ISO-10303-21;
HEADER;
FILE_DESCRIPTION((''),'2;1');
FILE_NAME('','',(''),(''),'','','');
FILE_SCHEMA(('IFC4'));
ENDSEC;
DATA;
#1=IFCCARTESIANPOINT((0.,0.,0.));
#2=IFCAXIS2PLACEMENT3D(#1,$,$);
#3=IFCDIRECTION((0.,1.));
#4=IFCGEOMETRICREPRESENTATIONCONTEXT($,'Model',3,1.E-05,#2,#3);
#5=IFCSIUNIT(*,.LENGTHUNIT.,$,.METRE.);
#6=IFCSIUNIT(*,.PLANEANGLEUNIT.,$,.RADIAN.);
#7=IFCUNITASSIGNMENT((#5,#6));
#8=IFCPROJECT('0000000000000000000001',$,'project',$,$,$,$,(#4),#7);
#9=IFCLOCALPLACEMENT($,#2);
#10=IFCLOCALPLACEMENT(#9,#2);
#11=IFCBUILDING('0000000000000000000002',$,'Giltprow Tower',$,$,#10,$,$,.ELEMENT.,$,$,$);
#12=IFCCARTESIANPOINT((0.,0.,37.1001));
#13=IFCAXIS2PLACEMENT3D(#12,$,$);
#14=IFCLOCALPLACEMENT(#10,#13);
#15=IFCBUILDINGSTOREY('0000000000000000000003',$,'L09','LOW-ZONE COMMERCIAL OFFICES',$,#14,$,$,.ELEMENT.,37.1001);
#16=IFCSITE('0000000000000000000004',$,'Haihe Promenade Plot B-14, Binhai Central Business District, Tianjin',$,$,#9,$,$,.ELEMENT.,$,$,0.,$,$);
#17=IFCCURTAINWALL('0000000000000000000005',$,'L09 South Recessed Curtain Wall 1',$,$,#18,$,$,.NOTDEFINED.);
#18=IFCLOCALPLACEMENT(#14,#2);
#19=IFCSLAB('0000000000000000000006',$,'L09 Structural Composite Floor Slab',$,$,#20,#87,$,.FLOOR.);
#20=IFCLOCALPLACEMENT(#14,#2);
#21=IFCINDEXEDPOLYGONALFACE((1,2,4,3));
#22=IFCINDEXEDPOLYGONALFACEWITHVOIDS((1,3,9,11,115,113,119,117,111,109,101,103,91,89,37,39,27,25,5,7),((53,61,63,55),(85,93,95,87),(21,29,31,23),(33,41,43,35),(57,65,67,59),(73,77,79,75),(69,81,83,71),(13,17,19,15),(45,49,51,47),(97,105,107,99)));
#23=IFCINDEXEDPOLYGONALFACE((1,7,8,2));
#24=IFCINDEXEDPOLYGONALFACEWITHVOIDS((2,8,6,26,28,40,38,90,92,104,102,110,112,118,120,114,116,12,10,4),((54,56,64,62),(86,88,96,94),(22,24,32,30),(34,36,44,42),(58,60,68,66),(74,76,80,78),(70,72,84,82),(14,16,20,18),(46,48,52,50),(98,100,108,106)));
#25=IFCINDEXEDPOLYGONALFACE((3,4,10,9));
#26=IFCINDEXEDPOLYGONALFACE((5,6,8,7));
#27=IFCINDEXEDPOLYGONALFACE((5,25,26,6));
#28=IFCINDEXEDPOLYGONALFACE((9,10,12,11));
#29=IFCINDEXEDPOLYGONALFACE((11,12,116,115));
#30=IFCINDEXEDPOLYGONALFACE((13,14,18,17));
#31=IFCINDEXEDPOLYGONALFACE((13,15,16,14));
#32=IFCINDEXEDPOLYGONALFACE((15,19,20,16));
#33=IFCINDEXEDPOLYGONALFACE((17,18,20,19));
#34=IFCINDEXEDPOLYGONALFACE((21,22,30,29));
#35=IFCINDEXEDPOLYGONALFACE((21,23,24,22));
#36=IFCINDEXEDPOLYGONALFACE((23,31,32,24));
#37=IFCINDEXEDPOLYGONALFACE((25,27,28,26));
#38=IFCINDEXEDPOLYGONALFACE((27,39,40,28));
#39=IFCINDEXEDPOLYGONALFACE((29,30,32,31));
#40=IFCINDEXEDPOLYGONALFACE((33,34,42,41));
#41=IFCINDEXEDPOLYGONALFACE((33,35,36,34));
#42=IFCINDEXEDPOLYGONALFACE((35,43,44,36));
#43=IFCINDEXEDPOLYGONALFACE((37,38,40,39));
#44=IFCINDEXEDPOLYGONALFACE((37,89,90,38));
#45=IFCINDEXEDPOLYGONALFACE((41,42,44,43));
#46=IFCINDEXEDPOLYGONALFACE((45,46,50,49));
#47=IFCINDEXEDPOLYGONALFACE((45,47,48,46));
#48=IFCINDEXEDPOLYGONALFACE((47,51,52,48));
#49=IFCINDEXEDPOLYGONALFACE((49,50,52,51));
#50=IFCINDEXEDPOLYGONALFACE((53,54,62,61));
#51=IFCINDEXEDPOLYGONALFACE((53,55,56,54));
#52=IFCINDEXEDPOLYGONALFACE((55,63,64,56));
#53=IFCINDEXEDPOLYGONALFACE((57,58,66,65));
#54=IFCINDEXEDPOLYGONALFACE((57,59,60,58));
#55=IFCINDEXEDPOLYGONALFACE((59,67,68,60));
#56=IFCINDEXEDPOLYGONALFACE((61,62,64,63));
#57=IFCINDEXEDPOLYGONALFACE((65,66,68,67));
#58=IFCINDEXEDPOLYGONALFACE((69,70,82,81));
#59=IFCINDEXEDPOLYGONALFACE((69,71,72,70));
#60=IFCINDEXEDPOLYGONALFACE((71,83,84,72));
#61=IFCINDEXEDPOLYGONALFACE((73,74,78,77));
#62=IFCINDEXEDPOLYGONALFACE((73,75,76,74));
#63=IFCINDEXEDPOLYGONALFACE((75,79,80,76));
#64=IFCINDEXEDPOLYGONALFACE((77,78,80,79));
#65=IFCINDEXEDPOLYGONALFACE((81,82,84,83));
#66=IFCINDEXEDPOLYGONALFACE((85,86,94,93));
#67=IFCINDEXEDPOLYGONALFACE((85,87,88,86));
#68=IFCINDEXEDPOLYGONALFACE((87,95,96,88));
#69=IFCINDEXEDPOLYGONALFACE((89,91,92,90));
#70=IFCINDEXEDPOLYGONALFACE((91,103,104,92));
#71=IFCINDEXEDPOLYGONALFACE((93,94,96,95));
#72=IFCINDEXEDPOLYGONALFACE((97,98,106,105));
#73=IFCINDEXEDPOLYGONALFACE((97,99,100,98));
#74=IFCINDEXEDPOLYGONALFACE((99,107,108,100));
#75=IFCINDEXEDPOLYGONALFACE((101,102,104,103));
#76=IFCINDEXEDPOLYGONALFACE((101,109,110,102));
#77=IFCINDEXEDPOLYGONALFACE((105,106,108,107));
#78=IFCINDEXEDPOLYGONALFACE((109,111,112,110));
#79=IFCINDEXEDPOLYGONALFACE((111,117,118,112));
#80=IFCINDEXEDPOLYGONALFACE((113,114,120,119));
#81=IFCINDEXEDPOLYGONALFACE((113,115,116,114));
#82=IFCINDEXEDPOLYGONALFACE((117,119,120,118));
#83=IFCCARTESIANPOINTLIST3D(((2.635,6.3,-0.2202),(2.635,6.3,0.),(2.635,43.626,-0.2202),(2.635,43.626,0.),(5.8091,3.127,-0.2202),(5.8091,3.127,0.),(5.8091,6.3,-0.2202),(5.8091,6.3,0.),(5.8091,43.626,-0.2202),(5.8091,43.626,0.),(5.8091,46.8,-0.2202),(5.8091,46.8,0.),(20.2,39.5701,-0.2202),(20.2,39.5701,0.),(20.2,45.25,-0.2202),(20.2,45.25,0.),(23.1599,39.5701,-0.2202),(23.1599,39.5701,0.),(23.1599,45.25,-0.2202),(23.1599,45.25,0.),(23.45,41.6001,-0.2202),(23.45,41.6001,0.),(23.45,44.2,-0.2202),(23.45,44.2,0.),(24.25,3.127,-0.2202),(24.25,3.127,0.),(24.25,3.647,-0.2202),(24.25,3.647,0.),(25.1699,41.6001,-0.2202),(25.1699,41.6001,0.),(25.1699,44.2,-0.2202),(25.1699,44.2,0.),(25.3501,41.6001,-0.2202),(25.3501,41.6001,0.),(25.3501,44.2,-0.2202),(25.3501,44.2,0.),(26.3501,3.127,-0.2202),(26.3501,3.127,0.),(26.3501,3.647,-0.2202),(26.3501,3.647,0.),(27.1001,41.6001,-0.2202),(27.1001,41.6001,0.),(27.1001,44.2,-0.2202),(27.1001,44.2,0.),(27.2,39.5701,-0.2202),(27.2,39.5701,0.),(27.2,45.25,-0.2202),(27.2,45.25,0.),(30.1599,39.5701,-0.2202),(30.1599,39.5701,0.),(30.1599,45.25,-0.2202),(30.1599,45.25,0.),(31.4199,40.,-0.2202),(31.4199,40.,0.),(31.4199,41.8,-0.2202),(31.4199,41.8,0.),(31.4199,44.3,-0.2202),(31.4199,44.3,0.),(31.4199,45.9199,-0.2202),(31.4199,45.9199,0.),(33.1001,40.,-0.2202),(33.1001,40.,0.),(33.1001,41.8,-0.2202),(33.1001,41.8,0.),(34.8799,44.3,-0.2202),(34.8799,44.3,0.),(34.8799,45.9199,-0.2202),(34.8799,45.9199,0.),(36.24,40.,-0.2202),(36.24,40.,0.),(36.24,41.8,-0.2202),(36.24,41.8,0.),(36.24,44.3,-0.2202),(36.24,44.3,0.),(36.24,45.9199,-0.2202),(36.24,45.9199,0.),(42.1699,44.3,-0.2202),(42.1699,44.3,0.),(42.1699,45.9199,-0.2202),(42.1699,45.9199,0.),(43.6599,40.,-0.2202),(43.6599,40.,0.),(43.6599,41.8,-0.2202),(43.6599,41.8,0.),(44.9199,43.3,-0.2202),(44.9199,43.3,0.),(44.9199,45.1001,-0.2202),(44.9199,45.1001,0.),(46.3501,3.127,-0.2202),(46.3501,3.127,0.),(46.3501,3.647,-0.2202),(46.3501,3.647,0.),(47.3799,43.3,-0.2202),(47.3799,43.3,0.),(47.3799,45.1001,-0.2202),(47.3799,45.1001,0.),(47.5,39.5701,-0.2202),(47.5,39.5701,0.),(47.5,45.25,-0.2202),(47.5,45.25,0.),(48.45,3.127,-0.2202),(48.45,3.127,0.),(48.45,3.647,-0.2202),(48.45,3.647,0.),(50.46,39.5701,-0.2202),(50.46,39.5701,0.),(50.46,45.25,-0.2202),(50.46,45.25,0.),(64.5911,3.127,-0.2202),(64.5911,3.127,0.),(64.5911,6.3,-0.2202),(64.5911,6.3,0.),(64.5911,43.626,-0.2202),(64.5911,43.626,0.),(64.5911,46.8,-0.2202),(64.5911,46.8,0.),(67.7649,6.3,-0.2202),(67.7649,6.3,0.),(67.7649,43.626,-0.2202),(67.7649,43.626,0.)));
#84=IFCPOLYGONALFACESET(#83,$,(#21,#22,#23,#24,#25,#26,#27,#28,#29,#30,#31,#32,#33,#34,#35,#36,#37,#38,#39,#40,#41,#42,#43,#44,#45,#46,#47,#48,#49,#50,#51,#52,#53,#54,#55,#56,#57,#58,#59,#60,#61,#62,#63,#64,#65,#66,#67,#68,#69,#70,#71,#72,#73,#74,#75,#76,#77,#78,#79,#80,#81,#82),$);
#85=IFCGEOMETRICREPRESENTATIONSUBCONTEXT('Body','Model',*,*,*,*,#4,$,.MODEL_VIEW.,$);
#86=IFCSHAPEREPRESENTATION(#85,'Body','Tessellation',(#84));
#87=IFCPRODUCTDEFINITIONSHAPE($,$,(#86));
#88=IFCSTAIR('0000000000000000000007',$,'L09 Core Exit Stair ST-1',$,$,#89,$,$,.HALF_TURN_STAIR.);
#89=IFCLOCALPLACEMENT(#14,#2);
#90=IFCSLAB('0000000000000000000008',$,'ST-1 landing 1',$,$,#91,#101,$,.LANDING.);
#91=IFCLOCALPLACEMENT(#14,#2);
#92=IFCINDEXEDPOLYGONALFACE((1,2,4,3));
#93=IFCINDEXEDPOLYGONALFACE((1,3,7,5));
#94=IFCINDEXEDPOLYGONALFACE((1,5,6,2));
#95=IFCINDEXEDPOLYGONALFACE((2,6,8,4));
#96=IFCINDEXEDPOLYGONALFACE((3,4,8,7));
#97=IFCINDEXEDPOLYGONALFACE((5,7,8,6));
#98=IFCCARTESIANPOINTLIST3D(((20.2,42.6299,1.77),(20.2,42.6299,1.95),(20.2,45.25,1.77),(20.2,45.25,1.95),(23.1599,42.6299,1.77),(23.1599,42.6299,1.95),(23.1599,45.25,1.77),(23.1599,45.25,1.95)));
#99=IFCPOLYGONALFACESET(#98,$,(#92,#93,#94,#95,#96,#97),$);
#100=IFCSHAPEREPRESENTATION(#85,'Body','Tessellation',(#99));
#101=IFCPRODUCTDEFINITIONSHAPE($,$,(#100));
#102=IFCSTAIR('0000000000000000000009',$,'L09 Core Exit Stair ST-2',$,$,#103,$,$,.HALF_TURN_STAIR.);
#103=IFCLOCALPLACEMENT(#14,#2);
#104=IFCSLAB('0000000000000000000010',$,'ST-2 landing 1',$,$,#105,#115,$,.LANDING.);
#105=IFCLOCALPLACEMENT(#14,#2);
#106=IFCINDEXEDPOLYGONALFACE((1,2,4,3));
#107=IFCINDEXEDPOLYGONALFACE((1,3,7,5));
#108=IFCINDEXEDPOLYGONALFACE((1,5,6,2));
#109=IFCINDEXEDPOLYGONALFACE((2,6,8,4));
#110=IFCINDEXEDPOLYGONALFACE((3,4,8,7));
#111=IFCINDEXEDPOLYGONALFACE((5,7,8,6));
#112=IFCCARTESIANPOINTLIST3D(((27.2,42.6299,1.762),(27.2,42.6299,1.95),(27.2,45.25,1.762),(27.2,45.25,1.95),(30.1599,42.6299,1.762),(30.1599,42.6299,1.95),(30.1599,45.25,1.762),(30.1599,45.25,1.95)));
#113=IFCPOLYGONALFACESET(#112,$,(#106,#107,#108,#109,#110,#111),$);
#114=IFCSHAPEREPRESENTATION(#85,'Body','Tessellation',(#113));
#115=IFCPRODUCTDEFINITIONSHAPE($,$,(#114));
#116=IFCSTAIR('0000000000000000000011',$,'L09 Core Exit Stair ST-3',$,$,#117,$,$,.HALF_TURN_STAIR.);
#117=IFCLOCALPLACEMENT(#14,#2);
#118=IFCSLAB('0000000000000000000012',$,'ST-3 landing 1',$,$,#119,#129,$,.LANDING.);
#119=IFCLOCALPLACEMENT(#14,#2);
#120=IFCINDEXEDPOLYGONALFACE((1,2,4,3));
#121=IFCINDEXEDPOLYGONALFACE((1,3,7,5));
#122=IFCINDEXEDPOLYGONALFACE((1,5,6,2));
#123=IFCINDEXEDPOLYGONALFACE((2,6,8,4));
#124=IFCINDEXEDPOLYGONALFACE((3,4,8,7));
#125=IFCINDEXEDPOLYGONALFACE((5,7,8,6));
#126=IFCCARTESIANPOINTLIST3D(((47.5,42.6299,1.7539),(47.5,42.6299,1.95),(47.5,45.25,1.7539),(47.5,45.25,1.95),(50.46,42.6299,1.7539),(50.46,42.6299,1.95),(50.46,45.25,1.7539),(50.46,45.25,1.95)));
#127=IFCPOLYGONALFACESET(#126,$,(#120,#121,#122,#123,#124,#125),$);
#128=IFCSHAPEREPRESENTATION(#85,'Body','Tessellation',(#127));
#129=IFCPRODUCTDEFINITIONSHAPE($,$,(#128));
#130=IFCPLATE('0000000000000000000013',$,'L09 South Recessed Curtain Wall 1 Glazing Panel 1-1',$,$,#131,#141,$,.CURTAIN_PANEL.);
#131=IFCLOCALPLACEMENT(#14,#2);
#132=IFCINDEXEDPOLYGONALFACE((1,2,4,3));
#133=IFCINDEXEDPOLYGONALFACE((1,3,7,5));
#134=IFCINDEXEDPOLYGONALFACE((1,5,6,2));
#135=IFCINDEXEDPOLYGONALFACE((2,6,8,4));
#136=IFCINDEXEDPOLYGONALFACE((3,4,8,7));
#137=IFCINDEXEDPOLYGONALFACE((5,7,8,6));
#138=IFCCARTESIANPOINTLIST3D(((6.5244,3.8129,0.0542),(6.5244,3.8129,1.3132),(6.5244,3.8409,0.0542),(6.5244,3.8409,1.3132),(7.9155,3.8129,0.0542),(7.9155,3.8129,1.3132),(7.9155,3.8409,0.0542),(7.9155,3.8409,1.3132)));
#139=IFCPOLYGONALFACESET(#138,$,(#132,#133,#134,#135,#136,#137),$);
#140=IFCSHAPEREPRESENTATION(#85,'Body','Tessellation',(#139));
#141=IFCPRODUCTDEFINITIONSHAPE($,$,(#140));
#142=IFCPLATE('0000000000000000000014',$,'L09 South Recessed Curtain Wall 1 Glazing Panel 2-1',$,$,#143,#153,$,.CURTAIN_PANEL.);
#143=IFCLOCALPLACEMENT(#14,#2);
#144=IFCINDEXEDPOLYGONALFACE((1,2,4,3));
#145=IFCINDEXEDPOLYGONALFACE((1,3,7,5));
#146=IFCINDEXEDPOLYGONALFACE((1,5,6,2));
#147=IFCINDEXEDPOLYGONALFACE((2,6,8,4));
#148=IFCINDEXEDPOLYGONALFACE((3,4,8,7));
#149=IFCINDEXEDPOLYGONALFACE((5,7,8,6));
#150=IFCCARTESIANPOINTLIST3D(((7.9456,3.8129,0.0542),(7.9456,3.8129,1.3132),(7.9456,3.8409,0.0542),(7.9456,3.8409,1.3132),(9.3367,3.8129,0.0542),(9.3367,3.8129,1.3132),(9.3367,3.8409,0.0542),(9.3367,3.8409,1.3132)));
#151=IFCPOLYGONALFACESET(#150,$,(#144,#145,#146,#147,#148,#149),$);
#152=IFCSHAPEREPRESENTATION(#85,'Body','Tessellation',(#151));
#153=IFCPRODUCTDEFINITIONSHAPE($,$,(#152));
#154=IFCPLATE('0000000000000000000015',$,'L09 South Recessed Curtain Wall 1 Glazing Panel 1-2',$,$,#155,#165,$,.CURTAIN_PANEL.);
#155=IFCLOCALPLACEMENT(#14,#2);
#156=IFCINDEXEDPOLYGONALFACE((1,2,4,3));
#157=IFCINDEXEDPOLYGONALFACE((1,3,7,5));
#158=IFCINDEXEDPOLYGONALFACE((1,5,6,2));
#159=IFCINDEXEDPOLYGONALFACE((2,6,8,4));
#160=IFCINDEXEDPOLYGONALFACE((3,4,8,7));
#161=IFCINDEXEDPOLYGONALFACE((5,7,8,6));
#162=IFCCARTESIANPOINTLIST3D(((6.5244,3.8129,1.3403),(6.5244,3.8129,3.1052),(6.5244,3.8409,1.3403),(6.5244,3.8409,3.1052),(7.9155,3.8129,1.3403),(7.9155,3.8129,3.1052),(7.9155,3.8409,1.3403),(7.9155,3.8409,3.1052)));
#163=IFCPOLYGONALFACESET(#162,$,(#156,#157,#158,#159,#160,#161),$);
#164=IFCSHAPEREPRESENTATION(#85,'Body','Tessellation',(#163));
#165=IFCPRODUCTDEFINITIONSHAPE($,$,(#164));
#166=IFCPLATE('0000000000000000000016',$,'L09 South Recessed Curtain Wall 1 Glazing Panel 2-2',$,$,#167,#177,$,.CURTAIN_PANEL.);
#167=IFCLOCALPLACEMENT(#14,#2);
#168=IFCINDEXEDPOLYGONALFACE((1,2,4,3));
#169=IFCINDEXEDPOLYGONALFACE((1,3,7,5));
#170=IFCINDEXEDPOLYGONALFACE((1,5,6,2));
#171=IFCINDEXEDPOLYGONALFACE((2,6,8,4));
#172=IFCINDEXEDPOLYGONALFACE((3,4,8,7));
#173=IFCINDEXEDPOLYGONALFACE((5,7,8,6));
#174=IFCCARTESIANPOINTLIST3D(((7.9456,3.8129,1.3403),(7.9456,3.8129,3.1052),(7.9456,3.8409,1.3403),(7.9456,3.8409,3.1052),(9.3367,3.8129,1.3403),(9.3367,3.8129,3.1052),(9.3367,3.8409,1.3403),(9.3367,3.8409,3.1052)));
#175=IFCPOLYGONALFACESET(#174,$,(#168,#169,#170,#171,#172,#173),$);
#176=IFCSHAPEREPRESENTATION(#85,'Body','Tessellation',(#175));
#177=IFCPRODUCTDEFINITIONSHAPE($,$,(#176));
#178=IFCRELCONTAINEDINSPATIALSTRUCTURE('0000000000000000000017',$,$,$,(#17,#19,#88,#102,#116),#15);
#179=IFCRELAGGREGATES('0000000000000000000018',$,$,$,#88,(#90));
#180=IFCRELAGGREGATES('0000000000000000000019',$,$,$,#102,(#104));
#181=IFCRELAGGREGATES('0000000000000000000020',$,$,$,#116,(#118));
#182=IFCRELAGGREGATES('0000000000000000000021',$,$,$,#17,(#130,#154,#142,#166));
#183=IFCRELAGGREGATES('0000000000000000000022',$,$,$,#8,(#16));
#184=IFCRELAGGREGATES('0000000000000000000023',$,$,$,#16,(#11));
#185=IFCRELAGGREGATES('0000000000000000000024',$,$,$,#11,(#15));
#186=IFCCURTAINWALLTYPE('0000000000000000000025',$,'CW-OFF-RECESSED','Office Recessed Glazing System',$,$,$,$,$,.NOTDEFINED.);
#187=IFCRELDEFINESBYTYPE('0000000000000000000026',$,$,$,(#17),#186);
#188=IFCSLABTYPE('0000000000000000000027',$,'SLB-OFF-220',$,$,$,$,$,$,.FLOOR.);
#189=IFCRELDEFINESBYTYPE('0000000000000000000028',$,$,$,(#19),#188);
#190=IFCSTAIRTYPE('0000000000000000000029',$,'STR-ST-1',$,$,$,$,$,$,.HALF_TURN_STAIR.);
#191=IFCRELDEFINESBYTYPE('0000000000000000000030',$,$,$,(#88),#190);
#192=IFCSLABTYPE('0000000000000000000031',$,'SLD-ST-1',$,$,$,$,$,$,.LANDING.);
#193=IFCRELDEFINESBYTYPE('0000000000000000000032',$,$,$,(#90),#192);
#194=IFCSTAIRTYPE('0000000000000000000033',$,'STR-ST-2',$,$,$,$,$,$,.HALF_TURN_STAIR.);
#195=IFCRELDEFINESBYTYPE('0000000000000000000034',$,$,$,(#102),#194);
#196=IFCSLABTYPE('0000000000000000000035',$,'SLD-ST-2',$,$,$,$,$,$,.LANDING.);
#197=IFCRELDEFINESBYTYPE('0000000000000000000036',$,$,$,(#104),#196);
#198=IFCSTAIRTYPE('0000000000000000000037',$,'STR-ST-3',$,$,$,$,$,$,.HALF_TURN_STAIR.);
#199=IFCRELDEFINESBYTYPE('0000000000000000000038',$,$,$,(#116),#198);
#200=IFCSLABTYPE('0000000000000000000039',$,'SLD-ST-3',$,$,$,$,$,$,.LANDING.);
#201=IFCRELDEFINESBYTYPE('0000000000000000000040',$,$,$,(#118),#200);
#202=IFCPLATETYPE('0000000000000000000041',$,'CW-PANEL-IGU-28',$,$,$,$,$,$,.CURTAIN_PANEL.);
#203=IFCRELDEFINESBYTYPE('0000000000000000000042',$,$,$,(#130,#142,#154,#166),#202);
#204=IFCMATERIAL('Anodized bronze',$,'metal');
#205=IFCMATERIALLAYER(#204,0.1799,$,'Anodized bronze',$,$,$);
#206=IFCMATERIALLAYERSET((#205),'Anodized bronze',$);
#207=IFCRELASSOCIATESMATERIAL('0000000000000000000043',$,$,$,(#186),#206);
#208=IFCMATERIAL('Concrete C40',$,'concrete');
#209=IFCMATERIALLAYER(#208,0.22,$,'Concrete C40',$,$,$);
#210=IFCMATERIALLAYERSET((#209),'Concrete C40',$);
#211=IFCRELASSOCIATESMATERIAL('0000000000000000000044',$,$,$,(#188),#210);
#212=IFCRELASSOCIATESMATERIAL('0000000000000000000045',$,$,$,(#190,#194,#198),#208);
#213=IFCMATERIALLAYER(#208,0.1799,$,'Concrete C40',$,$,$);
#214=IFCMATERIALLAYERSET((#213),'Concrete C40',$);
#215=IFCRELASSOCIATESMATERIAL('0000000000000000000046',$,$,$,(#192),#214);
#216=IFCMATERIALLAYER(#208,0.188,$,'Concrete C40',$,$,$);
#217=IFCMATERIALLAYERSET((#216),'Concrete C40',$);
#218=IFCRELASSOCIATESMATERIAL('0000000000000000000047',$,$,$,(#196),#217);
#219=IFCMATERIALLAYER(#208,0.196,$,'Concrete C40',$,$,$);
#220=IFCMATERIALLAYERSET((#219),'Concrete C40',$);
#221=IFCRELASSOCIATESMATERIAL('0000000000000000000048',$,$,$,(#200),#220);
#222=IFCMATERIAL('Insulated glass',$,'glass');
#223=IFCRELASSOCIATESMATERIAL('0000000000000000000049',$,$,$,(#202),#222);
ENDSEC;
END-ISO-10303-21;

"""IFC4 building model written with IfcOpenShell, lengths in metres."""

from ifc_helpers import new_model, si_unit, direction, frame, origin, origin_2d, place, context, subcontext, project, spatial, polyline, rectangle, outline, extrude, source, transform, mapped, material, layer, layer_set, type_object, element, aggregate, save


model = new_model("IFC4")

# Units and contexts
model_context = context("Model", 3, precision=1e-05, world=origin(), true_north=direction((0.0, 1.0)))
body_context = subcontext(model_context, "Body", "Model", "MODEL_VIEW")
ifc_project = project(units=[si_unit("LENGTHUNIT", "METRE"), si_unit("PLANEANGLEUNIT", "RADIAN")], contexts=[model_context])

# Site, building, storey
site_placement = place(None, origin())
site = spatial("IfcSite", under=ifc_project, at=site_placement, Name="Haihe Promenade Plot B-14, Binhai Central Business District, Tianjin", CompositionType="ELEMENT", RefElevation=0.0)
building_placement = place(site_placement, origin())
building = spatial("IfcBuilding", under=site, at=building_placement, Name="Giltprow Tower", CompositionType="ELEMENT")
storey_placement = place(building_placement, frame((0.0, 0.0, 37.1001)))
storey = spatial("IfcBuildingStorey", under=building, at=storey_placement, Name="L09", Description="LOW-ZONE COMMERCIAL OFFICES", CompositionType="ELEMENT", Elevation=37.1001)

# Curtain wall
ifc_material_1 = material(Name="Anodized bronze", Category="metal")
ifc_layer_1 = layer(ifc_material_1, 0.1799, Name="Anodized bronze")
ifc_layer_set_1 = layer_set([ifc_layer_1], Name="Anodized bronze")
curtain_wall_type = type_object("IfcCurtainWallType", Name="CW-OFF-RECESSED", Description="Office Recessed Glazing System", PredefinedType="NOTDEFINED", material=ifc_layer_set_1)
curtain_wall_placement = place(storey_placement, origin())
curtain_wall = element("IfcCurtainWall", 1, at=curtain_wall_placement, inside=storey, type_object=curtain_wall_type, Name="L09 South Recessed Curtain Wall 1", PredefinedType="NOTDEFINED")

# Slab
ifc_material_2 = material(Name="Concrete C40", Category="concrete")
ifc_layer_2 = layer(ifc_material_2, 0.22, Name="Concrete C40")
ifc_layer_set_2 = layer_set([ifc_layer_2], Name="Concrete C40")
slab_type_1 = type_object("IfcSlabType", Name="SLB-OFF-220", PredefinedType="FLOOR", material=ifc_layer_set_2)
slab_1_placement = place(storey_placement, frame((0.0, 0.0, -0.2202)))
element("IfcSlab", 2, at=slab_1_placement, inside=storey, type_object=slab_type_1, Name="L09 Structural Composite Floor Slab", PredefinedType="FLOOR", context=body_context, shape_type="SweptSolid", body=[
    extrude(outline(polyline([(5.8091, 3.127), (5.8091, 6.3), (2.635, 6.3), (2.635, 43.626), (5.8091, 43.626), (5.8091, 46.8), (64.5911, 46.8), (64.5911, 43.626), (67.7649, 43.626), (67.7649, 6.3), (64.5911, 6.3), (64.5911, 3.127), (48.45, 3.127), (48.45, 3.647), (46.3501, 3.647), (46.3501, 3.127), (26.3501, 3.127), (26.3501, 3.647), (24.25, 3.647), (24.25, 3.127), (5.8091, 3.127)]), holes=[polyline([(33.1001, 41.8), (31.4199, 41.8), (31.4199, 40.0), (33.1001, 40.0), (33.1001, 41.8)]), polyline([(23.1599, 39.5701), (23.1599, 45.25), (20.2, 45.25), (20.2, 39.5701), (23.1599, 39.5701)]), polyline([(30.1599, 45.25), (27.2, 45.25), (27.2, 39.5701), (30.1599, 39.5701), (30.1599, 45.25)]), polyline([(25.1699, 41.6001), (25.1699, 44.2), (23.45, 44.2), (23.45, 41.6001), (25.1699, 41.6001)]), polyline([(27.1001, 41.6001), (27.1001, 44.2), (25.3501, 44.2), (25.3501, 41.6001), (27.1001, 41.6001)]), polyline([(43.6599, 40.0), (43.6599, 41.8), (36.24, 41.8), (36.24, 40.0), (43.6599, 40.0)]), polyline([(50.46, 39.5701), (50.46, 45.25), (47.5, 45.25), (47.5, 39.5701), (50.46, 39.5701)]), polyline([(47.3799, 45.1001), (44.9199, 45.1001), (44.9199, 43.3), (47.3799, 43.3), (47.3799, 45.1001)]), polyline([(34.8799, 44.3), (34.8799, 45.9199), (31.4199, 45.9199), (31.4199, 44.3), (34.8799, 44.3)]), polyline([(42.1699, 44.3), (42.1699, 45.9199), (36.24, 45.9199), (36.24, 44.3), (42.1699, 44.3)])]), origin(), (0.0, 0.0, 1.0), 0.2202),
])

# Stairs, slabs
stair_type_1 = type_object("IfcStairType", Name="STR-ST-1", PredefinedType="HALF_TURN_STAIR", material=ifc_material_2)
stair_1_placement = place(storey_placement, origin())
stair_1 = element("IfcStair", 3, at=stair_1_placement, inside=storey, type_object=stair_type_1, Name="L09 Core Exit Stair ST-1", PredefinedType="HALF_TURN_STAIR")
ifc_layer_3 = layer(ifc_material_2, 0.1799, Name="Concrete C40")
ifc_layer_set_3 = layer_set([ifc_layer_3], Name="Concrete C40")
slab_type_2 = type_object("IfcSlabType", Name="SLD-ST-1", PredefinedType="LANDING", material=ifc_layer_set_3)
slab_2_placement = place(storey_placement, frame((0.0, 0.0, 1.77)))
slab_2 = element("IfcSlab", 4, at=slab_2_placement, type_object=slab_type_2, Name="ST-1 landing 1", PredefinedType="LANDING", context=body_context, shape_type="SweptSolid", body=[
    extrude(outline(polyline([(23.1599, 42.6299), (23.1599, 45.25), (20.2, 45.25), (20.2, 42.6299), (23.1599, 42.6299)])), origin(), (0.0, 0.0, 1.0), 0.1799),
])
aggregate(stair_1, [slab_2])
stair_type_2 = type_object("IfcStairType", Name="STR-ST-2", PredefinedType="HALF_TURN_STAIR", material=ifc_material_2)
stair_2_placement = place(storey_placement, origin())
stair_2 = element("IfcStair", 5, at=stair_2_placement, inside=storey, type_object=stair_type_2, Name="L09 Core Exit Stair ST-2", PredefinedType="HALF_TURN_STAIR")
ifc_layer_4 = layer(ifc_material_2, 0.188, Name="Concrete C40")
ifc_layer_set_4 = layer_set([ifc_layer_4], Name="Concrete C40")
slab_type_3 = type_object("IfcSlabType", Name="SLD-ST-2", PredefinedType="LANDING", material=ifc_layer_set_4)
slab_3_placement = place(storey_placement, frame((0.0, 0.0, 1.762)))
slab_3 = element("IfcSlab", 6, at=slab_3_placement, type_object=slab_type_3, Name="ST-2 landing 1", PredefinedType="LANDING", context=body_context, shape_type="SweptSolid", body=[
    extrude(outline(polyline([(30.1599, 42.6299), (30.1599, 45.25), (27.2, 45.25), (27.2, 42.6299), (30.1599, 42.6299)])), origin(), (0.0, 0.0, 1.0), 0.188),
])
aggregate(stair_2, [slab_3])
stair_type_3 = type_object("IfcStairType", Name="STR-ST-3", PredefinedType="HALF_TURN_STAIR", material=ifc_material_2)
stair_3_placement = place(storey_placement, origin())
stair_3 = element("IfcStair", 7, at=stair_3_placement, inside=storey, type_object=stair_type_3, Name="L09 Core Exit Stair ST-3", PredefinedType="HALF_TURN_STAIR")
ifc_layer_5 = layer(ifc_material_2, 0.196, Name="Concrete C40")
ifc_layer_set_5 = layer_set([ifc_layer_5], Name="Concrete C40")
slab_type_4 = type_object("IfcSlabType", Name="SLD-ST-3", PredefinedType="LANDING", material=ifc_layer_set_5)
slab_4_placement = place(storey_placement, frame((0.0, 0.0, 1.7539)))
slab_4 = element("IfcSlab", 8, at=slab_4_placement, type_object=slab_type_4, Name="ST-3 landing 1", PredefinedType="LANDING", context=body_context, shape_type="SweptSolid", body=[
    extrude(outline(polyline([(50.46, 42.6299), (50.46, 45.25), (47.5, 45.25), (47.5, 42.6299), (50.46, 42.6299)])), origin(), (0.0, 0.0, 1.0), 0.196),
])
aggregate(stair_3, [slab_4])

# Plates
ifc_material_3 = material(Name="Insulated glass", Category="glass")
plate_type = type_object("IfcPlateType", Name="CW-PANEL-IGU-28", PredefinedType="CURTAIN_PANEL", material=ifc_material_3)
shared_shape_1 = source(origin(), body_context, "Body", "SweptSolid", [
    extrude(rectangle(XDim=1.3911, YDim=0.0281, at=origin_2d()), origin(), (0.0, 0.0, 1.0), 1.259),
])
plate_1_placement = place(storey_placement, frame((7.22, 3.8269, 0.0542), z_axis=(0.0, 0.0, 1.0), x_axis=(1.0, 0.0, 0.0)))
plate_1 = element("IfcPlate", 9, at=plate_1_placement, type_object=plate_type, Name="L09 South Recessed Curtain Wall 1 Glazing Panel 1-1", PredefinedType="CURTAIN_PANEL", context=body_context, shape_type="MappedRepresentation", body=[
    mapped(shared_shape_1, transform((0.0, 0.0, 0.0), x_axis=(1.0, 0.0, 0.0), y_axis=(0.0, 1.0, 0.0), z_axis=(0.0, 0.0, 1.0), scale=1.0)),
])
plate_2_placement = place(storey_placement, frame((8.6411, 3.8269, 0.0542), z_axis=(0.0, 0.0, 1.0), x_axis=(1.0, 0.0, 0.0)))
plate_2 = element("IfcPlate", 10, at=plate_2_placement, type_object=plate_type, Name="L09 South Recessed Curtain Wall 1 Glazing Panel 2-1", PredefinedType="CURTAIN_PANEL", context=body_context, shape_type="MappedRepresentation", body=[
    mapped(shared_shape_1, transform((0.0, 0.0, 0.0), x_axis=(1.0, 0.0, 0.0), y_axis=(0.0, 1.0, 0.0), z_axis=(0.0, 0.0, 1.0), scale=1.0)),
])
shared_shape_2 = source(origin(), body_context, "Body", "SweptSolid", [
    extrude(rectangle(XDim=1.3911, YDim=0.0281, at=origin_2d()), origin(), (0.0, 0.0, 1.0), 1.7649),
])
plate_3_placement = place(storey_placement, frame((7.22, 3.8269, 1.3403), z_axis=(0.0, 0.0, 1.0), x_axis=(1.0, 0.0, 0.0)))
plate_3 = element("IfcPlate", 11, at=plate_3_placement, type_object=plate_type, Name="L09 South Recessed Curtain Wall 1 Glazing Panel 1-2", PredefinedType="CURTAIN_PANEL", context=body_context, shape_type="MappedRepresentation", body=[
    mapped(shared_shape_2, transform((0.0, 0.0, 0.0), x_axis=(1.0, 0.0, 0.0), y_axis=(0.0, 1.0, 0.0), z_axis=(0.0, 0.0, 1.0), scale=1.0)),
])
plate_4_placement = place(storey_placement, frame((8.6411, 3.8269, 1.3403), z_axis=(0.0, 0.0, 1.0), x_axis=(1.0, 0.0, 0.0)))
plate_4 = element("IfcPlate", 12, at=plate_4_placement, type_object=plate_type, Name="L09 South Recessed Curtain Wall 1 Glazing Panel 2-2", PredefinedType="CURTAIN_PANEL", context=body_context, shape_type="MappedRepresentation", body=[
    mapped(shared_shape_2, transform((0.0, 0.0, 0.0), x_axis=(1.0, 0.0, 0.0), y_axis=(0.0, 1.0, 0.0), z_axis=(0.0, 0.0, 1.0), scale=1.0)),
])
aggregate(curtain_wall, [plate_1, plate_3, plate_2, plate_4])

save(model, "model.ifc")
